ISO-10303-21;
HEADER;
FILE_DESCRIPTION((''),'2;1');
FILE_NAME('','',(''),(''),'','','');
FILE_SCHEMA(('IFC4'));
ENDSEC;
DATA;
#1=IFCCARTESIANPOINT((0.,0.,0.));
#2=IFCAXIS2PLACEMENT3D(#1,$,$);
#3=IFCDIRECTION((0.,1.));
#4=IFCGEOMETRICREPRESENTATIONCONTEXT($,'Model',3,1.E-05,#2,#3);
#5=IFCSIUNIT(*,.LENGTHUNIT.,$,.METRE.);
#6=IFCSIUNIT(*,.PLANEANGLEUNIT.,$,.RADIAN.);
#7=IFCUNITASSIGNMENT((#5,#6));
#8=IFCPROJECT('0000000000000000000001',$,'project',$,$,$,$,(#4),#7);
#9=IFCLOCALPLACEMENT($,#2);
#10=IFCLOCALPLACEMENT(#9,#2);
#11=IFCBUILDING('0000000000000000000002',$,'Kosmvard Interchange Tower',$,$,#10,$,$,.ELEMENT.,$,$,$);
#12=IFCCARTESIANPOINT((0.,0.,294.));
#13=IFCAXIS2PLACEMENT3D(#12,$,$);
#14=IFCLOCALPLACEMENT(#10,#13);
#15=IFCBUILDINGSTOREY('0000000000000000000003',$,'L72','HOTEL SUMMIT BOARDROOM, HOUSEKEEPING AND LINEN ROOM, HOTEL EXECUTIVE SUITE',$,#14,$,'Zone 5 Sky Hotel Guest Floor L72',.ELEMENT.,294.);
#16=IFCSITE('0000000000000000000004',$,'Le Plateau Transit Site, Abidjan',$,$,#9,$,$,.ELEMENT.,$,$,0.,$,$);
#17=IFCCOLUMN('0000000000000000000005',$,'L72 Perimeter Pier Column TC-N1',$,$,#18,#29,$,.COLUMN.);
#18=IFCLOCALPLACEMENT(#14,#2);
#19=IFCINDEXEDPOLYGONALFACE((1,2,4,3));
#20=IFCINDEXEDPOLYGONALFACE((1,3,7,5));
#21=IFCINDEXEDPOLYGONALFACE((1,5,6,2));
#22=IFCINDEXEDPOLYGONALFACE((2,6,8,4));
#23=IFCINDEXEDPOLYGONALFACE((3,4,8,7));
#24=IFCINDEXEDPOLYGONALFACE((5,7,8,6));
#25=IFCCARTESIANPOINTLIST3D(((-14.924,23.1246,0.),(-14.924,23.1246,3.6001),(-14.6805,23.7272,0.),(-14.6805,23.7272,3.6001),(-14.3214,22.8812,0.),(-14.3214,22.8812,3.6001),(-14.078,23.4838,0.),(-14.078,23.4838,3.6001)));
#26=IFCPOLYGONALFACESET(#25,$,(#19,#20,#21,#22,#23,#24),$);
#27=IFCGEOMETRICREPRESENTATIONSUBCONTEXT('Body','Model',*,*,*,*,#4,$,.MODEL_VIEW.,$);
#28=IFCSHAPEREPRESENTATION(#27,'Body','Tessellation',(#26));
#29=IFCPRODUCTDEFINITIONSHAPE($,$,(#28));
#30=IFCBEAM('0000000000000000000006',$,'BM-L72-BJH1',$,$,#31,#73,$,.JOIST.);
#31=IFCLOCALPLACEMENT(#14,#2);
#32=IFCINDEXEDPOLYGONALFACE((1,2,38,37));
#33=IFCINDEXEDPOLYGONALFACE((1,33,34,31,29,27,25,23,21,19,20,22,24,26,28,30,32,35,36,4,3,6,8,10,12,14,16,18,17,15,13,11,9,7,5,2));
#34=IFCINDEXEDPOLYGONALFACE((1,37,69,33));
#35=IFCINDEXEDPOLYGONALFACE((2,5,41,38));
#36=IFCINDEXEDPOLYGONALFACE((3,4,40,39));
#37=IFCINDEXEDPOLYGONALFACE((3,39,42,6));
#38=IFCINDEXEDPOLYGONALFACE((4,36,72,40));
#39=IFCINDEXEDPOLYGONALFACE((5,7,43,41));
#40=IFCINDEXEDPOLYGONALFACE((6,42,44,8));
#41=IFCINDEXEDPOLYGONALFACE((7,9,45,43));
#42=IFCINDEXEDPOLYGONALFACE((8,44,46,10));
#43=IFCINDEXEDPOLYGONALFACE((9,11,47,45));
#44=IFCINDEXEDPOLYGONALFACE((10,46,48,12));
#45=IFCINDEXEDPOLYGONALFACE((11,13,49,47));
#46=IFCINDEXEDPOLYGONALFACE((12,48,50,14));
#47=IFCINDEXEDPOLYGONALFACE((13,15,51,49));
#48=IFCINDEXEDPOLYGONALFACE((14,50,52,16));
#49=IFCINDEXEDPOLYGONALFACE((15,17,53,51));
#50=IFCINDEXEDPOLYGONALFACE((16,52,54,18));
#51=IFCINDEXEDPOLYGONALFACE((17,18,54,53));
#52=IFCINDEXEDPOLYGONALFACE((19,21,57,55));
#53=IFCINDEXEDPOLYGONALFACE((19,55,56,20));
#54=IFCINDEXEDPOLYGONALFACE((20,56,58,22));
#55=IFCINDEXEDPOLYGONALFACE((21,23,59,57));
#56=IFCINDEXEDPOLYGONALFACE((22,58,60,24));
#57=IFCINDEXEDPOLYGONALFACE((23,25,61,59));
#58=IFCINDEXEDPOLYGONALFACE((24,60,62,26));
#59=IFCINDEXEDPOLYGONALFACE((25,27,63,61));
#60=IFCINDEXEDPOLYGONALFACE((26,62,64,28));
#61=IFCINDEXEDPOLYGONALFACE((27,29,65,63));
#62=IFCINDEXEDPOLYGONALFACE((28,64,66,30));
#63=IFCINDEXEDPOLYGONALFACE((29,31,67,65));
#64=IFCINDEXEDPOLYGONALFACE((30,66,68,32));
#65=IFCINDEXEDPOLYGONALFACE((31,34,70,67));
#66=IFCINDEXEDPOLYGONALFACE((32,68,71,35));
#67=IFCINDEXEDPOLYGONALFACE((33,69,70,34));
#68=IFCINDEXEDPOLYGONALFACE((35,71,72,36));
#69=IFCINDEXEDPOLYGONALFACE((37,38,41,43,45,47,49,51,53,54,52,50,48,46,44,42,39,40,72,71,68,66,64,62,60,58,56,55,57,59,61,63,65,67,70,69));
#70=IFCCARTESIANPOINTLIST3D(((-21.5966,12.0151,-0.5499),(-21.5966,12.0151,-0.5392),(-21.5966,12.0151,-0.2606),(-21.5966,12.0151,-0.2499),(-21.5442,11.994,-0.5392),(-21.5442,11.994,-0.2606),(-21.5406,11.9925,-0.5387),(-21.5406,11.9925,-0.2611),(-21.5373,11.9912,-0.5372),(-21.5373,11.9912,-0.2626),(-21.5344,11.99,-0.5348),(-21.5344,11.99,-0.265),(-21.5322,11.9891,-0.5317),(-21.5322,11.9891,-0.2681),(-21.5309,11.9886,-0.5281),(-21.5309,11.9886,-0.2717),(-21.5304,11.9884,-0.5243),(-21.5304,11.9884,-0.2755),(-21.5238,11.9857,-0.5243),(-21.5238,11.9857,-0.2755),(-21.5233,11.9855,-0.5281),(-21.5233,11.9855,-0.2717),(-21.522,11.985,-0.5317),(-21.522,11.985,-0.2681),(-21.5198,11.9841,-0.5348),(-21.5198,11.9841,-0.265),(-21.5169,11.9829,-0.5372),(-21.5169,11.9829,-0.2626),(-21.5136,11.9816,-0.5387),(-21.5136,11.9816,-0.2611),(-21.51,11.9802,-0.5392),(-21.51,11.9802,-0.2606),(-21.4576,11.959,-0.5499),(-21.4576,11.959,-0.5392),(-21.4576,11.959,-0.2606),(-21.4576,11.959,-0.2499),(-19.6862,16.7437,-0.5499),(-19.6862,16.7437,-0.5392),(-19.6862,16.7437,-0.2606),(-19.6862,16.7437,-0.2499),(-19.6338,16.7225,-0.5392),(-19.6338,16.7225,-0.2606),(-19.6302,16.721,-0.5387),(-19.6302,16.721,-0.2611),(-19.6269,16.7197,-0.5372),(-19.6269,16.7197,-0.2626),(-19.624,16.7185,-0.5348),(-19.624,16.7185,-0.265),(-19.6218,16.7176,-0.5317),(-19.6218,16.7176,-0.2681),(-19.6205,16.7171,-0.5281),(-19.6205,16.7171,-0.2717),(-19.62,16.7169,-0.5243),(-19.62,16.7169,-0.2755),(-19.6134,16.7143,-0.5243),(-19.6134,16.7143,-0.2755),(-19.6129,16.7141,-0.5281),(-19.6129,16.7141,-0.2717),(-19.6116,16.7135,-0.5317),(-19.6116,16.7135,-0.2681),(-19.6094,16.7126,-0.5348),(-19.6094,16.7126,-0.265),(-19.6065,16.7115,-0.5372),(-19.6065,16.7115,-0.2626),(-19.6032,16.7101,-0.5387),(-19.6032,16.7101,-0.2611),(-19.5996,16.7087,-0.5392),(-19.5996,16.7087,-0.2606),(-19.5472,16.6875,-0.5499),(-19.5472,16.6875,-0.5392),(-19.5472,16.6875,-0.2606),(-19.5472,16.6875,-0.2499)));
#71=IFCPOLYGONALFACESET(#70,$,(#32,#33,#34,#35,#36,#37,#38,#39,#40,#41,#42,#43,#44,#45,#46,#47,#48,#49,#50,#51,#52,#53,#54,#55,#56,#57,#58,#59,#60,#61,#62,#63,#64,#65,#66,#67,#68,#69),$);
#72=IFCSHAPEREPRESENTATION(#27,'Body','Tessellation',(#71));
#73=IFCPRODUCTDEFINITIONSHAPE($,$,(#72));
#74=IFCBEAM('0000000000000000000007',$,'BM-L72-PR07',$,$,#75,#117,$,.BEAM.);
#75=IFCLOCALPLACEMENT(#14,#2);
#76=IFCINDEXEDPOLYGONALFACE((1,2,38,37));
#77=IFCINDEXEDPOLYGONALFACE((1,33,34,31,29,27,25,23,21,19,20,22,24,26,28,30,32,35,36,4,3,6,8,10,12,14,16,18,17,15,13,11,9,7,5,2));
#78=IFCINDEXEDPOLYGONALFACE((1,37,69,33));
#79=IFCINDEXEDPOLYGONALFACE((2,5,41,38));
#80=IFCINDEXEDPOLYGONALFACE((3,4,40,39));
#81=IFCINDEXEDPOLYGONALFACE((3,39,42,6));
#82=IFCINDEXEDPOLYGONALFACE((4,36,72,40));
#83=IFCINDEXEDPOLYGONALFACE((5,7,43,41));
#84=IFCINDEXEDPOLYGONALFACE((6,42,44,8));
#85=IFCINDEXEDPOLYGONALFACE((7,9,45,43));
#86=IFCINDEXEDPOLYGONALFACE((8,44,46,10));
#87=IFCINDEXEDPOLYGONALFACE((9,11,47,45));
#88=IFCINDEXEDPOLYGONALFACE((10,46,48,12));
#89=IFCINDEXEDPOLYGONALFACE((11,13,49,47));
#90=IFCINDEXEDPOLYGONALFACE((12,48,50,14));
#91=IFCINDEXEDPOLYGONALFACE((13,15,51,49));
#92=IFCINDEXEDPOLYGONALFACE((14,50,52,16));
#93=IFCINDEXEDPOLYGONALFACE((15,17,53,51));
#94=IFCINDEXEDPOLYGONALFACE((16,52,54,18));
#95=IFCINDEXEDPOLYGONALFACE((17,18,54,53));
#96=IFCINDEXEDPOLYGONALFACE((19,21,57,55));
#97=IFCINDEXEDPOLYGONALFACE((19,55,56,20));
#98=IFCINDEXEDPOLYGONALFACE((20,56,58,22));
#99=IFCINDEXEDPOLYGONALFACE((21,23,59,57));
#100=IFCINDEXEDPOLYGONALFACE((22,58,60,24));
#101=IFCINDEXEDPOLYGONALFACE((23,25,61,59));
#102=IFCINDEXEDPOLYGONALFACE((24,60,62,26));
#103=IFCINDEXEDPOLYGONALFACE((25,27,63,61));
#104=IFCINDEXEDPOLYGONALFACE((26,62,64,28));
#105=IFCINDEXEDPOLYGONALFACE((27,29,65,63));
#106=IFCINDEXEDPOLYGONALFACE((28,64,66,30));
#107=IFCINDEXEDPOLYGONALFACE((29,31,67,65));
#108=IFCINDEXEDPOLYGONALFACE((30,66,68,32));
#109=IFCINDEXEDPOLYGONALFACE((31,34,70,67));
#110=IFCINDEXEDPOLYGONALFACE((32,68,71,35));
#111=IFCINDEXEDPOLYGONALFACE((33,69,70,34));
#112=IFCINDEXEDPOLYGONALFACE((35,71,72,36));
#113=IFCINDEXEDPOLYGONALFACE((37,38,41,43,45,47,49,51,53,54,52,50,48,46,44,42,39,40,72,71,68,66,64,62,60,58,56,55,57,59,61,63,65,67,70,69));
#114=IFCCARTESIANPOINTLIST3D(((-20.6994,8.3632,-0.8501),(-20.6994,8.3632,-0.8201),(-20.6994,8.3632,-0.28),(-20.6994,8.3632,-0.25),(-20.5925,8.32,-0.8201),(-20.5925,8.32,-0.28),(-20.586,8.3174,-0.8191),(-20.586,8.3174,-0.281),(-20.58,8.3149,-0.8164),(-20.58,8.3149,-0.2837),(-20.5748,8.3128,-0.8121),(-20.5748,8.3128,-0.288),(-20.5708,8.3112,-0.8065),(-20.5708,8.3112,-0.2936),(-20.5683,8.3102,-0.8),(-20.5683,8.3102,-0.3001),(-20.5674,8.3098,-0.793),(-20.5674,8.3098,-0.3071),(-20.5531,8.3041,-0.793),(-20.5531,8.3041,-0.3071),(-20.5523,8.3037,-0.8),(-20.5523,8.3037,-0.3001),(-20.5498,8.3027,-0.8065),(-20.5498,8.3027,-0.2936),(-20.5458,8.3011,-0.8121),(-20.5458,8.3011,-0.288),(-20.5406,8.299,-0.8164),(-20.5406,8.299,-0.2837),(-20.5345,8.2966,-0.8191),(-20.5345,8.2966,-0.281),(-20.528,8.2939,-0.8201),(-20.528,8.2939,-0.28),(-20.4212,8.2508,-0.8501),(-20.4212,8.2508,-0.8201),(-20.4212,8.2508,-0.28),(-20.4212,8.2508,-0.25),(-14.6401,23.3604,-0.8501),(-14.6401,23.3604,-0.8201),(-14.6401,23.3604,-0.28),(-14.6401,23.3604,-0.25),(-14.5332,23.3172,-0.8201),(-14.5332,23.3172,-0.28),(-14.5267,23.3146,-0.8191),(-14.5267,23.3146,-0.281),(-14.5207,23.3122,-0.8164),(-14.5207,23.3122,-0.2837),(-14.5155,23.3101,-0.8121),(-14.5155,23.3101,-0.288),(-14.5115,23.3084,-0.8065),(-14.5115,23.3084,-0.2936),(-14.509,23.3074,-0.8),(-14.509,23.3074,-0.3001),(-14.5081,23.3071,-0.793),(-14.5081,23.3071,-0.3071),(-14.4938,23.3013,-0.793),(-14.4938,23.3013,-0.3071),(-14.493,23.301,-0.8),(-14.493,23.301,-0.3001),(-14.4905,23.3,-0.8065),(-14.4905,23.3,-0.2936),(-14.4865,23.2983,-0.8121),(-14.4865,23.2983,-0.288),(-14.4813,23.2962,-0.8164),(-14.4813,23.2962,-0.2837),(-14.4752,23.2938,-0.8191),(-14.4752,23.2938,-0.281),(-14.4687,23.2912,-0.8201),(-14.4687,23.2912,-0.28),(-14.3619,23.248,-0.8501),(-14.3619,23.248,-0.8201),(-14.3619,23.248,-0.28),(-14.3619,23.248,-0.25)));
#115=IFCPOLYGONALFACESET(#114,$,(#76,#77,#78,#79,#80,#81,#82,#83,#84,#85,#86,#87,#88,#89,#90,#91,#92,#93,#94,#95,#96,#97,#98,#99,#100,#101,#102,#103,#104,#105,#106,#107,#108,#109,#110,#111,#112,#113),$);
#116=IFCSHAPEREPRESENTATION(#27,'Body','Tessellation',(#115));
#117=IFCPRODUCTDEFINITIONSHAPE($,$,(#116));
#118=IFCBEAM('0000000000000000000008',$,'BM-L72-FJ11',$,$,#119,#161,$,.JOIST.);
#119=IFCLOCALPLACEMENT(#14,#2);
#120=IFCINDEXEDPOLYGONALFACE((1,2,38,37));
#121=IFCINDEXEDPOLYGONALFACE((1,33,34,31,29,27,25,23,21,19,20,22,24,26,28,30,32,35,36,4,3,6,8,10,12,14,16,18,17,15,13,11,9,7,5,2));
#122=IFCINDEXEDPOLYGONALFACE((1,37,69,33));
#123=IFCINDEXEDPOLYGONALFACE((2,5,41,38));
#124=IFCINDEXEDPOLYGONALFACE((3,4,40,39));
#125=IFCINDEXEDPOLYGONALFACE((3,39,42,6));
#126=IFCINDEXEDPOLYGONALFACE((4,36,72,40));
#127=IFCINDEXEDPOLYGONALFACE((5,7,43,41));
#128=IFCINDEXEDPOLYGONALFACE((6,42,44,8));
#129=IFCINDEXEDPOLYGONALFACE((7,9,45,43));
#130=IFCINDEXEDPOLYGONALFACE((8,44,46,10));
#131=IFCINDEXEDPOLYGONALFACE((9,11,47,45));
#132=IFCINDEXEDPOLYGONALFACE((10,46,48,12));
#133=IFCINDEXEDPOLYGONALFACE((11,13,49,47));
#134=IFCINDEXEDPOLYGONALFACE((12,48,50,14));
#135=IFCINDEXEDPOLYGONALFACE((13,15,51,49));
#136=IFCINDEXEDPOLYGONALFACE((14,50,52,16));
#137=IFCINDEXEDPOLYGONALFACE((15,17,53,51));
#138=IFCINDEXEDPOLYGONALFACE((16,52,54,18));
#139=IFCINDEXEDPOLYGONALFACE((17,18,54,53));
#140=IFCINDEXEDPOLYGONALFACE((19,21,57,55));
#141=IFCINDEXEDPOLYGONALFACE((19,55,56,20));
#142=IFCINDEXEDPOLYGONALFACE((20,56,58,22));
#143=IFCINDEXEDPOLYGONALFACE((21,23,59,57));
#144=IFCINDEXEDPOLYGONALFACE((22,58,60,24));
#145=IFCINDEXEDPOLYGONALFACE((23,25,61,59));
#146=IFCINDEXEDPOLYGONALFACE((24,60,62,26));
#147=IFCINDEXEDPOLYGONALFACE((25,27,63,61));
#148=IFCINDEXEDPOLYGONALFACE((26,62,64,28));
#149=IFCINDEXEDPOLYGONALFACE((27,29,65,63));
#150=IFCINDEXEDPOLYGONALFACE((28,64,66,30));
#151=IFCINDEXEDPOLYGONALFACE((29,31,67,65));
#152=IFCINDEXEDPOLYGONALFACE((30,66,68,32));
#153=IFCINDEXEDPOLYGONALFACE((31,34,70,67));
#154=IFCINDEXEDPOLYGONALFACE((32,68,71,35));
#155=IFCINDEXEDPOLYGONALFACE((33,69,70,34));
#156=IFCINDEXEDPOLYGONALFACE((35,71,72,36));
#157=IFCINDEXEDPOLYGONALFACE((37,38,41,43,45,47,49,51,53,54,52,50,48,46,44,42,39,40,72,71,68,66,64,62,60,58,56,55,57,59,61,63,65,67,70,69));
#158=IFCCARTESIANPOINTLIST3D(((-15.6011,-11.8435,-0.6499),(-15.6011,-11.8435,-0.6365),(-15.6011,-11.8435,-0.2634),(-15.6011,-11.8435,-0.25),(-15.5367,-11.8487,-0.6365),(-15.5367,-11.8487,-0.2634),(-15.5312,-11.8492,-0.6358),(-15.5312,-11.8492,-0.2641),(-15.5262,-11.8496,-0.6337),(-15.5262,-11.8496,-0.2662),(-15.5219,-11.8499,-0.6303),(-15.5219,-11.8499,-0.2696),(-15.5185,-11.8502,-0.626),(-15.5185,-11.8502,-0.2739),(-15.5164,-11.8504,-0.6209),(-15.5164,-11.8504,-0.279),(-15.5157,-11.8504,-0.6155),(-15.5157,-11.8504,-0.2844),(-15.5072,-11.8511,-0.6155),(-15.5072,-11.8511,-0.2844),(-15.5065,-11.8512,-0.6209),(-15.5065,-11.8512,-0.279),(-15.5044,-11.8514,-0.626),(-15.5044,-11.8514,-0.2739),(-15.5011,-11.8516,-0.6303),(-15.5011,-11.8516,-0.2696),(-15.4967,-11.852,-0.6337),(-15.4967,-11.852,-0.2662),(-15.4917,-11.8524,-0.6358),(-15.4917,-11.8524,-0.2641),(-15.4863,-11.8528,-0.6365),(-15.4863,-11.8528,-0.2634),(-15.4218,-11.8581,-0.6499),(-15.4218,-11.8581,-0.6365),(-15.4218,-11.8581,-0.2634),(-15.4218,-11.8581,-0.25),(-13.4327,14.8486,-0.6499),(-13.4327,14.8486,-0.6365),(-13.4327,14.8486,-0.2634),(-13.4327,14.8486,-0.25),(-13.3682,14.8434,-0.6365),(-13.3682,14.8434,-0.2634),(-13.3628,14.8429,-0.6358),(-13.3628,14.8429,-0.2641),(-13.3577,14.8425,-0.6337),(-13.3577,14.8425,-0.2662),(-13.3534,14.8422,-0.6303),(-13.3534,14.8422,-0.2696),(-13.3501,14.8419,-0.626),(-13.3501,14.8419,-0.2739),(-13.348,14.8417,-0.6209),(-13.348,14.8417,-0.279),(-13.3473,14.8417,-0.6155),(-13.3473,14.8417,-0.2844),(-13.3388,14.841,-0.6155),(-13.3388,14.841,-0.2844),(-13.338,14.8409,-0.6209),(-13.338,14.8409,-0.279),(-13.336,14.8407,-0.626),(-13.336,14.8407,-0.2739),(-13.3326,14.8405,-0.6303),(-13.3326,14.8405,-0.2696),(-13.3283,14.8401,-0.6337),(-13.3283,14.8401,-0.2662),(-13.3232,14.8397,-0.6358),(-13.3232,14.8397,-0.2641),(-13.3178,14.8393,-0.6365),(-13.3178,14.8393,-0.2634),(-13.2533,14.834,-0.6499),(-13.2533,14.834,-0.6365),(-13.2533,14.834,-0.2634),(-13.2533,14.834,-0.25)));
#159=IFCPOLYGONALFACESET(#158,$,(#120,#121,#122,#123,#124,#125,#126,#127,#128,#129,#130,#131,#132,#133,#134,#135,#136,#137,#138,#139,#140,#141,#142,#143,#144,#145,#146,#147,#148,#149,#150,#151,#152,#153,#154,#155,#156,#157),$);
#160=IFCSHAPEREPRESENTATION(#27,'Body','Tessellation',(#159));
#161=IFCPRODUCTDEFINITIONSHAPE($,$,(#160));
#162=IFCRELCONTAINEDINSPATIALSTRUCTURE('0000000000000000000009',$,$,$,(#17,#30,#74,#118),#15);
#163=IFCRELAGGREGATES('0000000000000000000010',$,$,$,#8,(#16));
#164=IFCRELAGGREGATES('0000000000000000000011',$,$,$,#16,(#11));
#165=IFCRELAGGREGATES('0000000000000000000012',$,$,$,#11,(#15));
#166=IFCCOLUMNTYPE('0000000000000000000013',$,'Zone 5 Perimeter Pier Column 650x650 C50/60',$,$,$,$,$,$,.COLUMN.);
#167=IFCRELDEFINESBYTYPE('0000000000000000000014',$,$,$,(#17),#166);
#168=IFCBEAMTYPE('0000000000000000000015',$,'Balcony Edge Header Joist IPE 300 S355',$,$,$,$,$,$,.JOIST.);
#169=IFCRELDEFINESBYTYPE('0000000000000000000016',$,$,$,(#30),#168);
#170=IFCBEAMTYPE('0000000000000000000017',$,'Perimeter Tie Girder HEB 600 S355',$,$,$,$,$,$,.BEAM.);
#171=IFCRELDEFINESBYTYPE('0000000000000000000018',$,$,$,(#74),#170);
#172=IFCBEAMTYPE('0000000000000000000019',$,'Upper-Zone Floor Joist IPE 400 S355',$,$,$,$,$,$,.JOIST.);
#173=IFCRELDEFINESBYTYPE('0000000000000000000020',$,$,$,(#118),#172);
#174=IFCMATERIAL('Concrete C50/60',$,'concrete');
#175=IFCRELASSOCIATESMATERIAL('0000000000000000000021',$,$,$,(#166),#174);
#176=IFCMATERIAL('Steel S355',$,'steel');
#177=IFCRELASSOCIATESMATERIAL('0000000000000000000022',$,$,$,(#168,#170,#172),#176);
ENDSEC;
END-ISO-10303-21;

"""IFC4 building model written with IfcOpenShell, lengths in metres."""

from ifc_helpers import new_model, si_unit, direction, frame, origin, origin_2d, place, context, subcontext, project, spatial, rectangle, i_section, extrude, source, transform, mapped, material, material_profile, profile_set, type_object, element, save


model = new_model("IFC4")

# Units and contexts
model_context = context("Model", 3, precision=1e-05, world=origin(), true_north=direction((0.0, 1.0)))
body_context = subcontext(model_context, "Body", "Model", "MODEL_VIEW")
ifc_project = project(units=[si_unit("LENGTHUNIT", "METRE"), si_unit("PLANEANGLEUNIT", "RADIAN")], contexts=[model_context])

# Site, building, storey
site_placement = place(None, origin())
site = spatial("IfcSite", under=ifc_project, at=site_placement, Name="Le Plateau Transit Site, Abidjan", CompositionType="ELEMENT", RefElevation=0.0)
building_placement = place(site_placement, origin())
building = spatial("IfcBuilding", under=site, at=building_placement, Name="Kosmvard Interchange Tower", CompositionType="ELEMENT")
storey_placement = place(building_placement, frame((0.0, 0.0, 294.0)))
storey = spatial("IfcBuildingStorey", under=building, at=storey_placement, Name="L72", Description="HOTEL SUMMIT BOARDROOM, HOUSEKEEPING AND LINEN ROOM, HOTEL EXECUTIVE SUITE", LongName="Zone 5 Sky Hotel Guest Floor L72", CompositionType="ELEMENT", Elevation=294.0)

# Column
ifc_material_1 = material(Name="Concrete C50/60", Category="concrete")
ifc_material_profile_1 = material_profile(ifc_material_1, rectangle(XDim=0.6499, YDim=0.6499, at=origin_2d()), Name="TC 650x650")
ifc_profile_set_1 = profile_set([ifc_material_profile_1], Name="Concrete C50/60")
column_type = type_object("IfcColumnType", Name="Zone 5 Perimeter Pier Column 650x650 C50/60", PredefinedType="COLUMN", material=ifc_profile_set_1)
shared_shape_1 = source(origin(), body_context, "Body", "SweptSolid", [
    extrude(rectangle(XDim=0.6499, YDim=0.6499, at=origin_2d()), origin(), (0.0, 0.0, 1.0), 3.6001),
])
column_placement = place(storey_placement, frame((-14.501, 23.3042, 0.0), z_axis=(0.0, 0.0, 1.0), x_axis=(0.374607, 0.927184, 0.0)))
element("IfcColumn", 1, at=column_placement, inside=storey, type_object=column_type, Name="L72 Perimeter Pier Column TC-N1", PredefinedType="COLUMN", context=body_context, shape_type="MappedRepresentation", body=[
    mapped(shared_shape_1, transform((0.0, 0.0, 0.0), scale=1.0)),
])

# Beams
ifc_material_2 = material(Name="Steel S355", Category="steel")
ifc_material_profile_2 = material_profile(ifc_material_2, i_section(OverallWidth=0.1499, OverallDepth=0.3, WebThickness=0.0071, FlangeThickness=0.0107, FilletRadius=0.0149, at=origin_2d()), Name="IPE 300")
ifc_profile_set_2 = profile_set([ifc_material_profile_2], Name="Steel S355")
beam_type_1 = type_object("IfcBeamType", Name="Balcony Edge Header Joist IPE 300 S355", PredefinedType="JOIST", material=ifc_profile_set_2)
shared_shape_2 = source(origin(), body_context, "Body", "SweptSolid", [
    extrude(i_section(OverallWidth=0.1499, OverallDepth=0.3, WebThickness=0.0071, FlangeThickness=0.0107, FilletRadius=0.0149, at=origin_2d()), origin(), (0.0, 0.0, 1.0), 5.0999),
])
beam_1_placement = place(storey_placement, frame((-19.6167, 16.7156, -0.3999), z_axis=(-0.374599, -0.927187, 0.0), x_axis=(0.927187, -0.374599, 0.0)))
element("IfcBeam", 2, at=beam_1_placement, inside=storey, type_object=beam_type_1, Name="BM-L72-BJH1", PredefinedType="JOIST", context=body_context, shape_type="MappedRepresentation", body=[
    mapped(shared_shape_2, transform((0.0, 0.0, 0.0), scale=1.0)),
])
ifc_material_profile_3 = material_profile(ifc_material_2, i_section(OverallWidth=0.3, OverallDepth=0.6001, WebThickness=0.0154, FlangeThickness=0.03, FilletRadius=0.0271, at=origin_2d()), Name="HEB 600")
ifc_profile_set_3 = profile_set([ifc_material_profile_3], Name="Steel S355")
beam_type_2 = type_object("IfcBeamType", Name="Perimeter Tie Girder HEB 600 S355", PredefinedType="BEAM", material=ifc_profile_set_3)
shared_shape_3 = source(origin(), body_context, "Body", "SweptSolid", [
    extrude(i_section(OverallWidth=0.3, OverallDepth=0.6001, WebThickness=0.0154, FlangeThickness=0.03, FilletRadius=0.0271, at=origin_2d()), origin(), (0.0, 0.0, 1.0), 16.175),
])
beam_2_placement = place(storey_placement, frame((-14.501, 23.3042, -0.55), z_axis=(-0.374608, -0.927183, 0.0), x_axis=(0.927183, -0.374608, 0.0)))
element("IfcBeam", 3, at=beam_2_placement, inside=storey, type_object=beam_type_2, Name="BM-L72-PR07", PredefinedType="BEAM", context=body_context, shape_type="MappedRepresentation", body=[
    mapped(shared_shape_3, transform((0.0, 0.0, 0.0), scale=1.0)),
])
ifc_material_profile_4 = material_profile(ifc_material_2, i_section(OverallWidth=0.1799, OverallDepth=0.3999, WebThickness=0.0085, FlangeThickness=0.0134, FilletRadius=0.021, at=origin_2d()), Name="IPE 400")
ifc_profile_set_4 = profile_set([ifc_material_profile_4], Name="Steel S355")
beam_type_3 = type_object("IfcBeamType", Name="Upper-Zone Floor Joist IPE 400 S355", PredefinedType="JOIST", material=ifc_profile_set_4)
shared_shape_4 = source(origin(), body_context, "Body", "SweptSolid", [
    extrude(i_section(OverallWidth=0.1799, OverallDepth=0.3999, WebThickness=0.0085, FlangeThickness=0.0134, FilletRadius=0.021, at=origin_2d()), origin(), (0.0, 0.0, 1.0), 26.78),
])
beam_3_placement = place(storey_placement, frame((-13.343, 14.8413, -0.45), z_axis=(-0.080973, -0.996716, 0.0), x_axis=(0.996716, -0.080973, 0.0)))
element("IfcBeam", 4, at=beam_3_placement, inside=storey, type_object=beam_type_3, Name="BM-L72-FJ11", PredefinedType="JOIST", context=body_context, shape_type="MappedRepresentation", body=[
    mapped(shared_shape_4, transform((0.0, 0.0, 0.0), scale=1.0)),
])

save(model, "model.ifc")
